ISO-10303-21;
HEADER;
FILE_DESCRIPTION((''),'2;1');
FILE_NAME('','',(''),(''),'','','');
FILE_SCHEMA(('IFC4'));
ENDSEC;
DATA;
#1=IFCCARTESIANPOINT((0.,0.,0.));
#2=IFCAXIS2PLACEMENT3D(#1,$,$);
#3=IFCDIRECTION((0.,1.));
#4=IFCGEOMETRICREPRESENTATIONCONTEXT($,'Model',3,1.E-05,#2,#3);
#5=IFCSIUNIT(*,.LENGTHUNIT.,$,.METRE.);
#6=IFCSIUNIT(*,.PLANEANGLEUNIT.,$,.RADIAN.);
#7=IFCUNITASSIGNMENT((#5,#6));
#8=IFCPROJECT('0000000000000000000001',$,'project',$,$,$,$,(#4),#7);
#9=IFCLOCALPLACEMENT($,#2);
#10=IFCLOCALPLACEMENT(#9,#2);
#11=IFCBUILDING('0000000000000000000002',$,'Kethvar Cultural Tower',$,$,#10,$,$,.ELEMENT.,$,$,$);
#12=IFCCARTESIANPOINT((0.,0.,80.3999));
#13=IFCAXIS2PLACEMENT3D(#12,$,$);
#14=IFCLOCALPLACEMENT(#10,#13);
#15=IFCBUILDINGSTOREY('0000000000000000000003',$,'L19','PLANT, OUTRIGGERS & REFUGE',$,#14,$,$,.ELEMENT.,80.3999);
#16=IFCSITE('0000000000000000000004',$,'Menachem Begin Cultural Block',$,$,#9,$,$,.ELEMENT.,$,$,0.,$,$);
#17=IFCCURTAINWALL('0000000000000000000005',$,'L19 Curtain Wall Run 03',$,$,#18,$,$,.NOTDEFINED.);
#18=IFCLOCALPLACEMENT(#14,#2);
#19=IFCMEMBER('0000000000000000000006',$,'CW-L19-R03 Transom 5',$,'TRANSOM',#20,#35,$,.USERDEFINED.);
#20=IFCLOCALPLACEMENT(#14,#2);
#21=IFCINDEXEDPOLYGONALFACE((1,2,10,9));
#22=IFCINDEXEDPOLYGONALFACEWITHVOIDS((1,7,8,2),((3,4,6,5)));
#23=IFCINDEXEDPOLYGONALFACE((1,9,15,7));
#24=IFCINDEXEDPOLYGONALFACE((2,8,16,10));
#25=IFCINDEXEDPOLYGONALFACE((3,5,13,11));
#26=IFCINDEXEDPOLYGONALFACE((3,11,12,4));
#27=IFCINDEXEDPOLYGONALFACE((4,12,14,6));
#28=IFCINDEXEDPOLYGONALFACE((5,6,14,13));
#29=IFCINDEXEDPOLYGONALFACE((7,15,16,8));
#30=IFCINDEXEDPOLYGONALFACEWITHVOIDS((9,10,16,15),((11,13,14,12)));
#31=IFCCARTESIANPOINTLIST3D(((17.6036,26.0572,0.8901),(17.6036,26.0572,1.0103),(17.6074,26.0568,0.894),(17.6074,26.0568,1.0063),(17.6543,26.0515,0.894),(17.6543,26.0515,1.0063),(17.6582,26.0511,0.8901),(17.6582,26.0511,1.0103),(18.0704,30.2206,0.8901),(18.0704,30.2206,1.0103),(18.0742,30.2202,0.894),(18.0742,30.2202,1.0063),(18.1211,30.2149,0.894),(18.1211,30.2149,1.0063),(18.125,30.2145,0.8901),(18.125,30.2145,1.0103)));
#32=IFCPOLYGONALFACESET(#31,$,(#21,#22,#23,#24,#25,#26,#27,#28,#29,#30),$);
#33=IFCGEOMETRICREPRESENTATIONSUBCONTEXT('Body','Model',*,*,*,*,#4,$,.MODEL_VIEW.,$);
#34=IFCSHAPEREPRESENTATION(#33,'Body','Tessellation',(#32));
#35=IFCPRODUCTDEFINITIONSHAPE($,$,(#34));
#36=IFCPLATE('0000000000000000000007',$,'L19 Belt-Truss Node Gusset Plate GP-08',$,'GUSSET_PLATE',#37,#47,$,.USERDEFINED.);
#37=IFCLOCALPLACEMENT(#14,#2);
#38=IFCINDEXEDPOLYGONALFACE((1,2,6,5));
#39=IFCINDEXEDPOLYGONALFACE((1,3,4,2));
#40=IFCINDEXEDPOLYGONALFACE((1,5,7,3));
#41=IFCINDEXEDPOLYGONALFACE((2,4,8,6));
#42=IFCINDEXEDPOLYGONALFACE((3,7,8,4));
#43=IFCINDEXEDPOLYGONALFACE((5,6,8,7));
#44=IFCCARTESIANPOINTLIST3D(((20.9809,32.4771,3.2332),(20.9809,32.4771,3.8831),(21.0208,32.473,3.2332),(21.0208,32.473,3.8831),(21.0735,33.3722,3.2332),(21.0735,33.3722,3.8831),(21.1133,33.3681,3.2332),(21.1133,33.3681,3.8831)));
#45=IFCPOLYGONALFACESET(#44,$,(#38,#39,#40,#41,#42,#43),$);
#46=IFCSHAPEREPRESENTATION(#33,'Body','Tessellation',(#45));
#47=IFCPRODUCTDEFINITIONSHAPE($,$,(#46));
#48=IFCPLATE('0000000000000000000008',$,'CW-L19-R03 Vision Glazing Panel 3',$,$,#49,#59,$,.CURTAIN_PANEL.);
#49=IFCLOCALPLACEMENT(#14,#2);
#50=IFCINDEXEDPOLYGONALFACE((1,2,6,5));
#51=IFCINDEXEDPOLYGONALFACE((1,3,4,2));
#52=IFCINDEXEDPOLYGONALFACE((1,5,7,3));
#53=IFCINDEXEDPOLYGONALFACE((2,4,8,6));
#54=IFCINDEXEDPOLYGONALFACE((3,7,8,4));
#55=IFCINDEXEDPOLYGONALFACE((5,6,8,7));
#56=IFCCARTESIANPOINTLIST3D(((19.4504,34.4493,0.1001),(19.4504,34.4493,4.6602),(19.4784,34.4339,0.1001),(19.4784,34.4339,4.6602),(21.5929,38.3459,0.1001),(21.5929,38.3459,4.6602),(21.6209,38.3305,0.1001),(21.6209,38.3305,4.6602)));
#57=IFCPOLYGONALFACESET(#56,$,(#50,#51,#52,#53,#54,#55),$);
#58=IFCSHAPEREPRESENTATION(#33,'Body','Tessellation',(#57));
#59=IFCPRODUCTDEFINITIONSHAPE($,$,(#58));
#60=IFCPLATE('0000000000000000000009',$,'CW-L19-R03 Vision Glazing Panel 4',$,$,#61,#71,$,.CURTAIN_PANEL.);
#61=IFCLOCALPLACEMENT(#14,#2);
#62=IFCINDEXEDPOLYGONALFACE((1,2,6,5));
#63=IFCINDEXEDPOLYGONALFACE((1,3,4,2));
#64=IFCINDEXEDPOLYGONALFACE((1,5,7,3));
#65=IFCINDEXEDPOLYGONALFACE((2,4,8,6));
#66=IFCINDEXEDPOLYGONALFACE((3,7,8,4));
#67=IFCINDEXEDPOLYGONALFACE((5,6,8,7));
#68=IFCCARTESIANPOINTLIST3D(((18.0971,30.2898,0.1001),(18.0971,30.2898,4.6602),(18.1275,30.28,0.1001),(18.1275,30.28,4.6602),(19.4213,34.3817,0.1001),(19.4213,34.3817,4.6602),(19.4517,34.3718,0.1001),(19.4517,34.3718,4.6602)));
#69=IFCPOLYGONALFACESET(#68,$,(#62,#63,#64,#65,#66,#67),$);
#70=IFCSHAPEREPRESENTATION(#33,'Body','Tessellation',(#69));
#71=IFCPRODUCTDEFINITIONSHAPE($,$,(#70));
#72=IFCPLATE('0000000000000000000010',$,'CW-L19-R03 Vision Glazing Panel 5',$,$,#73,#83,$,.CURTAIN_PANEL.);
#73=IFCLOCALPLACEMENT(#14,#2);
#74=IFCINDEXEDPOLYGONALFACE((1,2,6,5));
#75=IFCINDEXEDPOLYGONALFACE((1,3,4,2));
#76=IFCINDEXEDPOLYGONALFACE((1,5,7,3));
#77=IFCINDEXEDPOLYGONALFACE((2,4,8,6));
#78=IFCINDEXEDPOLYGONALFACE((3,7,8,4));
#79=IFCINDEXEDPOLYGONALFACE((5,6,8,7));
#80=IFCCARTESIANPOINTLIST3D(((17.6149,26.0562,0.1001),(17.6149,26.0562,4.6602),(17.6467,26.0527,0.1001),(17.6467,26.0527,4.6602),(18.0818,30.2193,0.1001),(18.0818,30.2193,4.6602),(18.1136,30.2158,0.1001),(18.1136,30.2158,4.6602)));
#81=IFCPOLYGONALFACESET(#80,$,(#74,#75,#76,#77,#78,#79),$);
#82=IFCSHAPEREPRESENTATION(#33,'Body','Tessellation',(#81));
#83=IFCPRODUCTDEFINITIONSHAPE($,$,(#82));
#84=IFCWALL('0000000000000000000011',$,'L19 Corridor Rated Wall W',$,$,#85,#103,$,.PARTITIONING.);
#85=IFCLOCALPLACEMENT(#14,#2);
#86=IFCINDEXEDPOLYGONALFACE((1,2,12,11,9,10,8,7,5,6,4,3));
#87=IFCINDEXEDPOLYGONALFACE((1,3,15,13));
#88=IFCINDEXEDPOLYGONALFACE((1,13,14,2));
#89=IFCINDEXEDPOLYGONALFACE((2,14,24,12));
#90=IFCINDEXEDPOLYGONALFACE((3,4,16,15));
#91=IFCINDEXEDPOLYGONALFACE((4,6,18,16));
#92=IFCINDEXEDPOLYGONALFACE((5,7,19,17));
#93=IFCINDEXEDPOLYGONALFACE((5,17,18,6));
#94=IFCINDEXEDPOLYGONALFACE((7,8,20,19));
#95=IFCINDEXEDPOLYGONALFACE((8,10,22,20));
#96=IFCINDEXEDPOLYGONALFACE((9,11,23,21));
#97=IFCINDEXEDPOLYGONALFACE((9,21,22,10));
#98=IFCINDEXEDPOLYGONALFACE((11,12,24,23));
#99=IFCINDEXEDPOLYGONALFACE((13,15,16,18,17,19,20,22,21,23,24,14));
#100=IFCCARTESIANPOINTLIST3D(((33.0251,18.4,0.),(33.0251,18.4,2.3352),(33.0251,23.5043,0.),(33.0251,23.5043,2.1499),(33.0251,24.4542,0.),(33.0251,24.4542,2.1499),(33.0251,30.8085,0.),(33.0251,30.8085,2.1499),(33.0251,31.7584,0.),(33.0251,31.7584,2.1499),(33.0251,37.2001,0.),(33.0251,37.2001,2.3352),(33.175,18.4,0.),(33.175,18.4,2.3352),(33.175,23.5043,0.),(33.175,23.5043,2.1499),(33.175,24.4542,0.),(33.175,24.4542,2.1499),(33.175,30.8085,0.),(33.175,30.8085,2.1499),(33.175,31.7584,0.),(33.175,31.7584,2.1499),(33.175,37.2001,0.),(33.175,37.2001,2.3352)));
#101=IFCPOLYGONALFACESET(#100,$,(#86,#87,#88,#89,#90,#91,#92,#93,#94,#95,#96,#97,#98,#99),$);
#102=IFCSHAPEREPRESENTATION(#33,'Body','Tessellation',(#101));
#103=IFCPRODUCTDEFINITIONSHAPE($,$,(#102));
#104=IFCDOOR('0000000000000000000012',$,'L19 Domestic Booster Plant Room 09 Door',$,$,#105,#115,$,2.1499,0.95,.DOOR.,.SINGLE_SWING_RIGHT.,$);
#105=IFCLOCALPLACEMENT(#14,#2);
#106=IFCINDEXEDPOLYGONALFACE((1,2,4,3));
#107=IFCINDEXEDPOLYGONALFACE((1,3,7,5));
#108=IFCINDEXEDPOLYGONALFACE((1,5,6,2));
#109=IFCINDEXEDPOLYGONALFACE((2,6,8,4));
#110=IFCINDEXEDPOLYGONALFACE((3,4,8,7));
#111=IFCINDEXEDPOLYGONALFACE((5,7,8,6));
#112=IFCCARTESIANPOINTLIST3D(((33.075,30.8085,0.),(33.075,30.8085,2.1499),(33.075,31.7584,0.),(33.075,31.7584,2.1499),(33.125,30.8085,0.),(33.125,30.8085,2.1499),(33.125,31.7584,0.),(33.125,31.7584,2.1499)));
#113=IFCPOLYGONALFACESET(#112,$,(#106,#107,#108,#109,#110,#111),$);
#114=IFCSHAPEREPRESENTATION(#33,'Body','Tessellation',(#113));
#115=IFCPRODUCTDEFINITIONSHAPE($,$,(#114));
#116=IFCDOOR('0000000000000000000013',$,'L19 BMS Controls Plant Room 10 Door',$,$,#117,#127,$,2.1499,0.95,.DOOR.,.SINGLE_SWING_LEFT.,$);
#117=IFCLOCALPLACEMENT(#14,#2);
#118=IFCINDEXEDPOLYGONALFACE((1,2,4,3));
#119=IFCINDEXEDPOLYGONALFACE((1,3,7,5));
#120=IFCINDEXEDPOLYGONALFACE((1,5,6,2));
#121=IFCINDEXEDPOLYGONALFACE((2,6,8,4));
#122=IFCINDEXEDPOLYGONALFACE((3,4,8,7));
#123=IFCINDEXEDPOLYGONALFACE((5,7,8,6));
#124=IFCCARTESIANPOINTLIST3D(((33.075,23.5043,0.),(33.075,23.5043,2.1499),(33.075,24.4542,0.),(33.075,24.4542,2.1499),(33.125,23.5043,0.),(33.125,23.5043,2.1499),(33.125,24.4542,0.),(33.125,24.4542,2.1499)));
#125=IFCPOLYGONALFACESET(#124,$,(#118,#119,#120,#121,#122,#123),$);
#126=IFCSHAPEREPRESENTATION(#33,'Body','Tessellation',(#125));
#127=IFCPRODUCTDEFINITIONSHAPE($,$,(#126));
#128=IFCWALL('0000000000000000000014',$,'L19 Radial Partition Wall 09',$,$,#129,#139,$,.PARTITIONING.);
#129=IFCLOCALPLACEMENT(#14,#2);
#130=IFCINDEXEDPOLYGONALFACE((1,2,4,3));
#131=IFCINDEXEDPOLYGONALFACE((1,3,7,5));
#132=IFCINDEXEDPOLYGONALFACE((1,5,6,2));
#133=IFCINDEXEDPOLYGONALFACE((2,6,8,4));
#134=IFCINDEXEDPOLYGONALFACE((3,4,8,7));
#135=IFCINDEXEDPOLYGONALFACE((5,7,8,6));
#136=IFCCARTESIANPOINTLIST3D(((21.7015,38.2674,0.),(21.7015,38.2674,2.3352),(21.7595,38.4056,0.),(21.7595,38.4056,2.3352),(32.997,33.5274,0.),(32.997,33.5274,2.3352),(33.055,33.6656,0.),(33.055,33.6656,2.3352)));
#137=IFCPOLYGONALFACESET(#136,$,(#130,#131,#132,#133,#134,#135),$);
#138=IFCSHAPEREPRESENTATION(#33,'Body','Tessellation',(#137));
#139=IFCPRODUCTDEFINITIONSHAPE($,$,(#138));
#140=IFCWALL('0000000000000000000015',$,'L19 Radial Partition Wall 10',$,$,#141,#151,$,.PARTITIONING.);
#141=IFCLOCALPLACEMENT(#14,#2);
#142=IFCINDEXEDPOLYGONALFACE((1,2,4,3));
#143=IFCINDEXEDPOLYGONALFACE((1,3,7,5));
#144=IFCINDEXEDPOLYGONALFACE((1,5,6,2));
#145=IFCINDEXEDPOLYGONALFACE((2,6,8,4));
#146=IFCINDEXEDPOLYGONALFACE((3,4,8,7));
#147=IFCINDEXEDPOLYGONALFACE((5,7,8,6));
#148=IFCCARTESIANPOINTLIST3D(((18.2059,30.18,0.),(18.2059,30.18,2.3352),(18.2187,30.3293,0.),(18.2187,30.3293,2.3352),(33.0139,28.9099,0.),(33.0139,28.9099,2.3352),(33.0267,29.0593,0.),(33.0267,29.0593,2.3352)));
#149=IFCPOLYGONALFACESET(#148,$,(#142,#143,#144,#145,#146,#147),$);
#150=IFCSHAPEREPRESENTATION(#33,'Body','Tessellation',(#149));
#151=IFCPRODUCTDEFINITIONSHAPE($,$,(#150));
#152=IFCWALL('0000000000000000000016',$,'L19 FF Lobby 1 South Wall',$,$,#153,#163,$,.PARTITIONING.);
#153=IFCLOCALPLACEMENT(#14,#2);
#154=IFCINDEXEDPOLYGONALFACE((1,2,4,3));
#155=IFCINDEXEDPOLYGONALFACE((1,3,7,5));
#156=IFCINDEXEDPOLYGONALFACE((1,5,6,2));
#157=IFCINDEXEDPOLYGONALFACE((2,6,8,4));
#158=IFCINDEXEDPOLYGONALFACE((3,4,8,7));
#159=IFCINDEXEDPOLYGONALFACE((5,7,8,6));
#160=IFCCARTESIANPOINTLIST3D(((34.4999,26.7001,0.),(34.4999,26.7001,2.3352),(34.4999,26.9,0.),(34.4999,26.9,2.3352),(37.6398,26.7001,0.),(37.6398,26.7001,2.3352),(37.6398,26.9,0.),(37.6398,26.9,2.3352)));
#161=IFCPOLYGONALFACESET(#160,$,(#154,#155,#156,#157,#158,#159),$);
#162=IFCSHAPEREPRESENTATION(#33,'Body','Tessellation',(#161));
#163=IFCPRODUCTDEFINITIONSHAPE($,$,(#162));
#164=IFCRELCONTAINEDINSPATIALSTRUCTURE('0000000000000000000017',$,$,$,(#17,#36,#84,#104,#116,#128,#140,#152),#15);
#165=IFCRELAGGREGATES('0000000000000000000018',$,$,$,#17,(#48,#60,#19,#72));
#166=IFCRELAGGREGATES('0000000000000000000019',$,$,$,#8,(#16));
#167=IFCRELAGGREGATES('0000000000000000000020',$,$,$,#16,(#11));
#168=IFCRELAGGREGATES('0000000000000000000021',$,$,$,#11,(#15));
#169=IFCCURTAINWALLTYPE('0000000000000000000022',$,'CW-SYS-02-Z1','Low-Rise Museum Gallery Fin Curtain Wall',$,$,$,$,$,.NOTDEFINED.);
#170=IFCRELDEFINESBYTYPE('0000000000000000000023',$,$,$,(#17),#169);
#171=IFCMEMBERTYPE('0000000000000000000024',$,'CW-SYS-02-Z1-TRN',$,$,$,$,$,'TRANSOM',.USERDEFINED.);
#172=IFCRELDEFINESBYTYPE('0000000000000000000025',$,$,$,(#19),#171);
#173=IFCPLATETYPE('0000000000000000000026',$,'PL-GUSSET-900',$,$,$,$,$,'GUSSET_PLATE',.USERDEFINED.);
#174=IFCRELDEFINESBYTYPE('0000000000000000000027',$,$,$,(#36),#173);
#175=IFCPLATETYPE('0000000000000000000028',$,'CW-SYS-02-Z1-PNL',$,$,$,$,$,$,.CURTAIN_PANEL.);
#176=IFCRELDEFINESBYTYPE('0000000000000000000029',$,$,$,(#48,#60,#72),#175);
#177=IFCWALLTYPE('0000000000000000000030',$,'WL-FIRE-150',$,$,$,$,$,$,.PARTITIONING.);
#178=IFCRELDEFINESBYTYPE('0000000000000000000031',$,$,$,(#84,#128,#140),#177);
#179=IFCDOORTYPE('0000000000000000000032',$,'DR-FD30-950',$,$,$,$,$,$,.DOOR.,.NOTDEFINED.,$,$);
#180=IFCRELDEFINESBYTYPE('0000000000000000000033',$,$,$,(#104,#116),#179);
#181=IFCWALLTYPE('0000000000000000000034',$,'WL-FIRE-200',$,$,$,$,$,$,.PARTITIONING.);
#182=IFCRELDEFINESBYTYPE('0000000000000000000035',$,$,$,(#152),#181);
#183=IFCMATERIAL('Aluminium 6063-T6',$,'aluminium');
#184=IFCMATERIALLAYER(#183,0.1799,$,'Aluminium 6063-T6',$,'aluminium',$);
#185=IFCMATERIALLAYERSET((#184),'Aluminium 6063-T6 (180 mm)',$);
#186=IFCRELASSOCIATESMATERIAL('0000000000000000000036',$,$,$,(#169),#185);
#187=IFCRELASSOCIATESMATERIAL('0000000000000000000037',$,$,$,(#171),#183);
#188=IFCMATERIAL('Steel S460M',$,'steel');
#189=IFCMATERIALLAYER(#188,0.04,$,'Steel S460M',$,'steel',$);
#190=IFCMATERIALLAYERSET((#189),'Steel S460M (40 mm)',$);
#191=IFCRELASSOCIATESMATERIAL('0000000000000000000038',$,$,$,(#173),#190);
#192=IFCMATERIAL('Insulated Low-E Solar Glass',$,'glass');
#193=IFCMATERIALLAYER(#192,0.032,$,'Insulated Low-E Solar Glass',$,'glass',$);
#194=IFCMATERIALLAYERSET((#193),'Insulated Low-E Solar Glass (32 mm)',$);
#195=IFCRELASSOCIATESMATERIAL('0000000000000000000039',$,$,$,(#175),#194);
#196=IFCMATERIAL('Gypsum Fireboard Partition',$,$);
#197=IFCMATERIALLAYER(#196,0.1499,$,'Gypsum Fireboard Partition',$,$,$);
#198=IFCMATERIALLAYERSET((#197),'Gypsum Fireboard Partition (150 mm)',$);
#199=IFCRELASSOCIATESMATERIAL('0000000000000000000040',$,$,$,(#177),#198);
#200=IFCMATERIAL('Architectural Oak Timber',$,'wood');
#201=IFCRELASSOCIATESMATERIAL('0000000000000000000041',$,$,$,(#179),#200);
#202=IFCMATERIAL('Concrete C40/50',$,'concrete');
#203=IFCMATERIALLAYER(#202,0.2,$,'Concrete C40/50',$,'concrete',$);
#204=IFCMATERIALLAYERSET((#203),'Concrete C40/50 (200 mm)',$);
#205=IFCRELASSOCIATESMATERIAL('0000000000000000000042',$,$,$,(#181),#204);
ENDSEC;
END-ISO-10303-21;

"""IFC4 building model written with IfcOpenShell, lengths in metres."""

from ifc_helpers import new_model, si_unit, direction, frame, frame_2d, origin, origin_2d, place, context, subcontext, project, spatial, rectangle, hollow_rectangle, extrude, source, transform, mapped, material, layer, layer_set, material_profile, profile_set, type_object, element, fill, aggregate, save


model = new_model("IFC4")

# Units and contexts
model_context = context("Model", 3, precision=1e-05, world=origin(), true_north=direction((0.0, 1.0)))
body_context = subcontext(model_context, "Body", "Model", "MODEL_VIEW")
ifc_project = project(units=[si_unit("LENGTHUNIT", "METRE"), si_unit("PLANEANGLEUNIT", "RADIAN")], contexts=[model_context])

# Site, building, storey
site_placement = place(None, origin())
site = spatial("IfcSite", under=ifc_project, at=site_placement, Name="Menachem Begin Cultural Block", CompositionType="ELEMENT", RefElevation=0.0)
building_placement = place(site_placement, origin())
building = spatial("IfcBuilding", under=site, at=building_placement, Name="Kethvar Cultural Tower", CompositionType="ELEMENT")
storey_placement = place(building_placement, frame((0.0, 0.0, 80.3999)))
storey = spatial("IfcBuildingStorey", under=building, at=storey_placement, Name="L19", Description="PLANT, OUTRIGGERS & REFUGE", CompositionType="ELEMENT", Elevation=80.3999)

# Shared definitions
ifc_material_1 = material(Name="Steel S460M", Category="steel")

# Curtain wall, member
ifc_material_2 = material(Name="Aluminium 6063-T6", Category="aluminium")
ifc_layer_1 = layer(ifc_material_2, 0.1799, Name="Aluminium 6063-T6", Category="aluminium")
ifc_layer_set_1 = layer_set([ifc_layer_1], Name="Aluminium 6063-T6 (180 mm)")
curtain_wall_type = type_object("IfcCurtainWallType", Name="CW-SYS-02-Z1", Description="Low-Rise Museum Gallery Fin Curtain Wall", PredefinedType="NOTDEFINED", material=ifc_layer_set_1)
curtain_wall_placement = place(storey_placement, origin())
curtain_wall = element("IfcCurtainWall", 1, at=curtain_wall_placement, inside=storey, type_object=curtain_wall_type, Name="L19 Curtain Wall Run 03", PredefinedType="NOTDEFINED")
ifc_material_profile_1 = material_profile(ifc_material_2, hollow_rectangle(XDim=0.0549, YDim=0.1201, WallThickness=0.0039, at=origin_2d()), Name="Aluminium 6063-T6 — RHS120x55x4")
ifc_profile_set_1 = profile_set([ifc_material_profile_1], Name="Aluminium 6063-T6 — RHS120x55x4")
member_type_1 = type_object("IfcMemberType", Name="CW-SYS-02-Z1-TRN", ElementType="TRANSOM", PredefinedType="USERDEFINED", material=ifc_profile_set_1)
shared_shape_1 = source(origin(), body_context, "Body", "SweptSolid", [
    extrude(hollow_rectangle(XDim=0.0549, YDim=0.1201, WallThickness=0.0039, at=origin_2d()), origin(), (0.0, 0.0, 1.0), 4.1895),
])
member_1_placement = place(storey_placement, frame((18.0977, 30.2175, 0.9502), z_axis=(-0.111423, -0.993773, 0.0), x_axis=(0.993773, -0.111423, 0.0)))
member_1 = element("IfcMember", 2, at=member_1_placement, type_object=member_type_1, Name="CW-L19-R03 Transom 5", ObjectType="TRANSOM", PredefinedType="USERDEFINED", context=body_context, shape_type="MappedRepresentation", body=[
    mapped(shared_shape_1, transform((0.0, 0.0, 0.0), scale=1.0)),
])

# Plates
ifc_layer_2 = layer(ifc_material_1, 0.04, Name="Steel S460M", Category="steel")
ifc_layer_set_2 = layer_set([ifc_layer_2], Name="Steel S460M (40 mm)")
plate_type_1 = type_object("IfcPlateType", Name="PL-GUSSET-900", ElementType="GUSSET_PLATE", PredefinedType="USERDEFINED", material=ifc_layer_set_2)
shared_shape_2 = source(origin(), body_context, "Body", "SweptSolid", [
    extrude(rectangle(XDim=0.8999, YDim=0.04, at=origin_2d()), origin(), (0.0, 0.0, 1.0), 0.6499),
])
plate_1_placement = place(storey_placement, frame((21.0471, 32.9226, 3.2332), z_axis=(0.0, 0.0, 1.0), x_axis=(-0.102815, -0.9947, 0.0)))
element("IfcPlate", 3, at=plate_1_placement, inside=storey, type_object=plate_type_1, Name="L19 Belt-Truss Node Gusset Plate GP-08", ObjectType="GUSSET_PLATE", PredefinedType="USERDEFINED", context=body_context, shape_type="MappedRepresentation", body=[
    mapped(shared_shape_2, transform((0.0, 0.0, 0.0), scale=1.0)),
])
ifc_material_3 = material(Name="Insulated Low-E Solar Glass", Category="glass")
ifc_layer_3 = layer(ifc_material_3, 0.032, Name="Insulated Low-E Solar Glass", Category="glass")
ifc_layer_set_3 = layer_set([ifc_layer_3], Name="Insulated Low-E Solar Glass (32 mm)")
plate_type_2 = type_object("IfcPlateType", Name="CW-SYS-02-Z1-PNL", PredefinedType="CURTAIN_PANEL", material=ifc_layer_set_3)
shared_shape_3 = source(origin(), body_context, "Body", "SweptSolid", [
    extrude(rectangle(XDim=4.4468, YDim=0.032, at=origin_2d()), origin(), (0.0, 0.0, 1.0), 4.5601),
])
plate_2_placement = place(storey_placement, frame((20.5356, 36.3899, 0.1001), z_axis=(0.0, 0.0, 1.0), x_axis=(-0.4818, -0.876281, 0.0)))
plate_2 = element("IfcPlate", 4, at=plate_2_placement, type_object=plate_type_2, Name="CW-L19-R03 Vision Glazing Panel 3", PredefinedType="CURTAIN_PANEL", context=body_context, shape_type="MappedRepresentation", body=[
    mapped(shared_shape_3, transform((0.0, 0.0, 0.0), scale=1.0)),
])
shared_shape_4 = source(origin(), body_context, "Body", "SweptSolid", [
    extrude(rectangle(XDim=4.3008, YDim=0.032, at=origin_2d()), origin(), (0.0, 0.0, 1.0), 4.5601),
])
plate_3_placement = place(storey_placement, frame((18.7744, 32.3308, 0.1001), z_axis=(0.0, 0.0, 1.0), x_axis=(-0.307888, -0.951423, 0.0)))
plate_3 = element("IfcPlate", 5, at=plate_3_placement, type_object=plate_type_2, Name="CW-L19-R03 Vision Glazing Panel 4", PredefinedType="CURTAIN_PANEL", context=body_context, shape_type="MappedRepresentation", body=[
    mapped(shared_shape_4, transform((0.0, 0.0, 0.0), scale=1.0)),
])
shared_shape_5 = source(origin(), body_context, "Body", "SweptSolid", [
    extrude(rectangle(XDim=4.1892, YDim=0.032, at=origin_2d()), origin(), (0.0, 0.0, 1.0), 4.5601),
])
plate_4_placement = place(storey_placement, frame((17.8643, 28.136, 0.1001), z_axis=(0.0, 0.0, 1.0), x_axis=(-0.111469, -0.993768, 0.0)))
plate_4 = element("IfcPlate", 6, at=plate_4_placement, type_object=plate_type_2, Name="CW-L19-R03 Vision Glazing Panel 5", PredefinedType="CURTAIN_PANEL", context=body_context, shape_type="MappedRepresentation", body=[
    mapped(shared_shape_5, transform((0.0, 0.0, 0.0), scale=1.0)),
])
aggregate(curtain_wall, [plate_2, plate_3, member_1, plate_4])

# Wall, openings, doors
ifc_material_4 = material(Name="Gypsum Fireboard Partition")
ifc_layer_4 = layer(ifc_material_4, 0.1499, Name="Gypsum Fireboard Partition")
ifc_layer_set_4 = layer_set([ifc_layer_4], Name="Gypsum Fireboard Partition (150 mm)")
wall_type_1 = type_object("IfcWallType", Name="WL-FIRE-150", PredefinedType="PARTITIONING", material=ifc_layer_set_4)
wall_1_placement = place(storey_placement, frame((33.1001, 37.2, 0.0), z_axis=(0.0, 0.0, 1.0), x_axis=(0.0, -1.0, 0.0)))
wall_1 = element("IfcWall", 7, at=wall_1_placement, inside=storey, type_object=wall_type_1, Name="L19 Corridor Rated Wall W", PredefinedType="PARTITIONING", context=body_context, shape_type="SweptSolid", body=[
    extrude(rectangle(XDim=18.8, YDim=0.1499, at=frame_2d((9.3999, 0.0))), origin(), (0.0, 0.0, 1.0), 2.3352),
])
opening_1_placement = place(wall_1_placement, frame((5.4414, 0.0, 0.0)))
opening_1 = element("IfcOpeningElement", 8, at=opening_1_placement, cuts=wall_1, PredefinedType="OPENING", context=body_context, shape_type="SweptSolid", body=[
    extrude(rectangle(XDim=0.95, YDim=2.1499, at=frame_2d((0.4751, 1.075))), frame((0.0, 0.085, 0.0), z_axis=(0.0, -1.0, 0.0), x_axis=(1.0, 0.0, 0.0)), (0.0, 0.0, 1.0), 0.1699),
])
opening_2_placement = place(wall_1_placement, frame((12.7456, 0.0, 0.0)))
opening_2 = element("IfcOpeningElement", 9, at=opening_2_placement, cuts=wall_1, PredefinedType="OPENING", context=body_context, shape_type="SweptSolid", body=[
    extrude(rectangle(XDim=0.95, YDim=2.1499, at=frame_2d((0.4751, 1.075))), frame((0.0, 0.085, 0.0), z_axis=(0.0, -1.0, 0.0), x_axis=(1.0, 0.0, 0.0)), (0.0, 0.0, 1.0), 0.1699),
])
ifc_material_5 = material(Name="Architectural Oak Timber", Category="wood")
door_type_1 = type_object("IfcDoorType", Name="DR-FD30-950", OperationType="NOTDEFINED", PredefinedType="DOOR", material=ifc_material_5)
shared_shape_6 = source(origin(), body_context, "Body", "SweptSolid", [
    extrude(rectangle(XDim=0.95, YDim=2.1499, at=frame_2d((0.4751, 1.075))), frame((0.0, 0.0249, 0.0), z_axis=(0.0, -1.0, 0.0), x_axis=(1.0, 0.0, 0.0)), (0.0, 0.0, 1.0), 0.05),
])
door_1_placement = place(opening_1_placement, origin())
door_1 = element("IfcDoor", 10, at=door_1_placement, inside=storey, type_object=door_type_1, Name="L19 Domestic Booster Plant Room 09 Door", OperationType="SINGLE_SWING_RIGHT", OverallHeight=2.1499, OverallWidth=0.95, PredefinedType="DOOR", context=body_context, shape_type="MappedRepresentation", body=[
    mapped(shared_shape_6, transform((0.0, 0.0, 0.0), scale=1.0)),
])
fill(opening_1, door_1)
door_2_placement = place(opening_2_placement, origin())
door_2 = element("IfcDoor", 11, at=door_2_placement, inside=storey, type_object=door_type_1, Name="L19 BMS Controls Plant Room 10 Door", OperationType="SINGLE_SWING_LEFT", OverallHeight=2.1499, OverallWidth=0.95, PredefinedType="DOOR", context=body_context, shape_type="MappedRepresentation", body=[
    mapped(shared_shape_6, transform((0.0, 0.0, 0.0), scale=1.0)),
])
fill(opening_2, door_2)

# Walls
wall_2_placement = place(storey_placement, frame((33.0261, 33.5964, 0.0), z_axis=(0.0, 0.0, 1.0), x_axis=(-0.922101, 0.386949, 0.0)))
element("IfcWall", 12, at=wall_2_placement, inside=storey, type_object=wall_type_1, Name="L19 Radial Partition Wall 09", PredefinedType="PARTITIONING", context=body_context, shape_type="SweptSolid", body=[
    extrude(rectangle(XDim=12.2498, YDim=0.1499, at=frame_2d((6.125, 0.0))), origin(), (0.0, 0.0, 1.0), 2.3352),
])
wall_3_placement = place(storey_placement, frame((33.0203, 28.9846, 0.0), z_axis=(0.0, 0.0, 1.0), x_axis=(-0.996342, 0.085453, 0.0)))
element("IfcWall", 13, at=wall_3_placement, inside=storey, type_object=wall_type_1, Name="L19 Radial Partition Wall 10", PredefinedType="PARTITIONING", context=body_context, shape_type="SweptSolid", body=[
    extrude(rectangle(XDim=14.8623, YDim=0.1499, at=frame_2d((7.4312, 0.0))), origin(), (0.0, 0.0, 1.0), 2.3352),
])

# Shared definitions
ifc_material_6 = material(Name="Concrete C40/50", Category="concrete")
ifc_layer_5 = layer(ifc_material_6, 0.2, Name="Concrete C40/50", Category="concrete")
ifc_layer_set_5 = layer_set([ifc_layer_5], Name="Concrete C40/50 (200 mm)")
wall_type_2 = type_object("IfcWallType", Name="WL-FIRE-200", PredefinedType="PARTITIONING", material=ifc_layer_set_5)

# Wall
for number, where, z_axis, x_axis, name in (
    (14, (34.5, 26.8, 0.0), (0.0, 0.0, 1.0), (1.0, 0.0, 0.0), "L19 FF Lobby 1 South Wall"),
):
    element("IfcWall", number, at=place(storey_placement, frame(where, z_axis=z_axis, x_axis=x_axis)), inside=storey, type_object=wall_type_2, Name=name, PredefinedType="PARTITIONING", context=body_context, shape_type="SweptSolid", body=[
        extrude(rectangle(XDim=3.1399, YDim=0.2, at=frame_2d((1.5698, 0.0))), origin(), (0.0, 0.0, 1.0), 2.3352),
    ])

save(model, "model.ifc")
